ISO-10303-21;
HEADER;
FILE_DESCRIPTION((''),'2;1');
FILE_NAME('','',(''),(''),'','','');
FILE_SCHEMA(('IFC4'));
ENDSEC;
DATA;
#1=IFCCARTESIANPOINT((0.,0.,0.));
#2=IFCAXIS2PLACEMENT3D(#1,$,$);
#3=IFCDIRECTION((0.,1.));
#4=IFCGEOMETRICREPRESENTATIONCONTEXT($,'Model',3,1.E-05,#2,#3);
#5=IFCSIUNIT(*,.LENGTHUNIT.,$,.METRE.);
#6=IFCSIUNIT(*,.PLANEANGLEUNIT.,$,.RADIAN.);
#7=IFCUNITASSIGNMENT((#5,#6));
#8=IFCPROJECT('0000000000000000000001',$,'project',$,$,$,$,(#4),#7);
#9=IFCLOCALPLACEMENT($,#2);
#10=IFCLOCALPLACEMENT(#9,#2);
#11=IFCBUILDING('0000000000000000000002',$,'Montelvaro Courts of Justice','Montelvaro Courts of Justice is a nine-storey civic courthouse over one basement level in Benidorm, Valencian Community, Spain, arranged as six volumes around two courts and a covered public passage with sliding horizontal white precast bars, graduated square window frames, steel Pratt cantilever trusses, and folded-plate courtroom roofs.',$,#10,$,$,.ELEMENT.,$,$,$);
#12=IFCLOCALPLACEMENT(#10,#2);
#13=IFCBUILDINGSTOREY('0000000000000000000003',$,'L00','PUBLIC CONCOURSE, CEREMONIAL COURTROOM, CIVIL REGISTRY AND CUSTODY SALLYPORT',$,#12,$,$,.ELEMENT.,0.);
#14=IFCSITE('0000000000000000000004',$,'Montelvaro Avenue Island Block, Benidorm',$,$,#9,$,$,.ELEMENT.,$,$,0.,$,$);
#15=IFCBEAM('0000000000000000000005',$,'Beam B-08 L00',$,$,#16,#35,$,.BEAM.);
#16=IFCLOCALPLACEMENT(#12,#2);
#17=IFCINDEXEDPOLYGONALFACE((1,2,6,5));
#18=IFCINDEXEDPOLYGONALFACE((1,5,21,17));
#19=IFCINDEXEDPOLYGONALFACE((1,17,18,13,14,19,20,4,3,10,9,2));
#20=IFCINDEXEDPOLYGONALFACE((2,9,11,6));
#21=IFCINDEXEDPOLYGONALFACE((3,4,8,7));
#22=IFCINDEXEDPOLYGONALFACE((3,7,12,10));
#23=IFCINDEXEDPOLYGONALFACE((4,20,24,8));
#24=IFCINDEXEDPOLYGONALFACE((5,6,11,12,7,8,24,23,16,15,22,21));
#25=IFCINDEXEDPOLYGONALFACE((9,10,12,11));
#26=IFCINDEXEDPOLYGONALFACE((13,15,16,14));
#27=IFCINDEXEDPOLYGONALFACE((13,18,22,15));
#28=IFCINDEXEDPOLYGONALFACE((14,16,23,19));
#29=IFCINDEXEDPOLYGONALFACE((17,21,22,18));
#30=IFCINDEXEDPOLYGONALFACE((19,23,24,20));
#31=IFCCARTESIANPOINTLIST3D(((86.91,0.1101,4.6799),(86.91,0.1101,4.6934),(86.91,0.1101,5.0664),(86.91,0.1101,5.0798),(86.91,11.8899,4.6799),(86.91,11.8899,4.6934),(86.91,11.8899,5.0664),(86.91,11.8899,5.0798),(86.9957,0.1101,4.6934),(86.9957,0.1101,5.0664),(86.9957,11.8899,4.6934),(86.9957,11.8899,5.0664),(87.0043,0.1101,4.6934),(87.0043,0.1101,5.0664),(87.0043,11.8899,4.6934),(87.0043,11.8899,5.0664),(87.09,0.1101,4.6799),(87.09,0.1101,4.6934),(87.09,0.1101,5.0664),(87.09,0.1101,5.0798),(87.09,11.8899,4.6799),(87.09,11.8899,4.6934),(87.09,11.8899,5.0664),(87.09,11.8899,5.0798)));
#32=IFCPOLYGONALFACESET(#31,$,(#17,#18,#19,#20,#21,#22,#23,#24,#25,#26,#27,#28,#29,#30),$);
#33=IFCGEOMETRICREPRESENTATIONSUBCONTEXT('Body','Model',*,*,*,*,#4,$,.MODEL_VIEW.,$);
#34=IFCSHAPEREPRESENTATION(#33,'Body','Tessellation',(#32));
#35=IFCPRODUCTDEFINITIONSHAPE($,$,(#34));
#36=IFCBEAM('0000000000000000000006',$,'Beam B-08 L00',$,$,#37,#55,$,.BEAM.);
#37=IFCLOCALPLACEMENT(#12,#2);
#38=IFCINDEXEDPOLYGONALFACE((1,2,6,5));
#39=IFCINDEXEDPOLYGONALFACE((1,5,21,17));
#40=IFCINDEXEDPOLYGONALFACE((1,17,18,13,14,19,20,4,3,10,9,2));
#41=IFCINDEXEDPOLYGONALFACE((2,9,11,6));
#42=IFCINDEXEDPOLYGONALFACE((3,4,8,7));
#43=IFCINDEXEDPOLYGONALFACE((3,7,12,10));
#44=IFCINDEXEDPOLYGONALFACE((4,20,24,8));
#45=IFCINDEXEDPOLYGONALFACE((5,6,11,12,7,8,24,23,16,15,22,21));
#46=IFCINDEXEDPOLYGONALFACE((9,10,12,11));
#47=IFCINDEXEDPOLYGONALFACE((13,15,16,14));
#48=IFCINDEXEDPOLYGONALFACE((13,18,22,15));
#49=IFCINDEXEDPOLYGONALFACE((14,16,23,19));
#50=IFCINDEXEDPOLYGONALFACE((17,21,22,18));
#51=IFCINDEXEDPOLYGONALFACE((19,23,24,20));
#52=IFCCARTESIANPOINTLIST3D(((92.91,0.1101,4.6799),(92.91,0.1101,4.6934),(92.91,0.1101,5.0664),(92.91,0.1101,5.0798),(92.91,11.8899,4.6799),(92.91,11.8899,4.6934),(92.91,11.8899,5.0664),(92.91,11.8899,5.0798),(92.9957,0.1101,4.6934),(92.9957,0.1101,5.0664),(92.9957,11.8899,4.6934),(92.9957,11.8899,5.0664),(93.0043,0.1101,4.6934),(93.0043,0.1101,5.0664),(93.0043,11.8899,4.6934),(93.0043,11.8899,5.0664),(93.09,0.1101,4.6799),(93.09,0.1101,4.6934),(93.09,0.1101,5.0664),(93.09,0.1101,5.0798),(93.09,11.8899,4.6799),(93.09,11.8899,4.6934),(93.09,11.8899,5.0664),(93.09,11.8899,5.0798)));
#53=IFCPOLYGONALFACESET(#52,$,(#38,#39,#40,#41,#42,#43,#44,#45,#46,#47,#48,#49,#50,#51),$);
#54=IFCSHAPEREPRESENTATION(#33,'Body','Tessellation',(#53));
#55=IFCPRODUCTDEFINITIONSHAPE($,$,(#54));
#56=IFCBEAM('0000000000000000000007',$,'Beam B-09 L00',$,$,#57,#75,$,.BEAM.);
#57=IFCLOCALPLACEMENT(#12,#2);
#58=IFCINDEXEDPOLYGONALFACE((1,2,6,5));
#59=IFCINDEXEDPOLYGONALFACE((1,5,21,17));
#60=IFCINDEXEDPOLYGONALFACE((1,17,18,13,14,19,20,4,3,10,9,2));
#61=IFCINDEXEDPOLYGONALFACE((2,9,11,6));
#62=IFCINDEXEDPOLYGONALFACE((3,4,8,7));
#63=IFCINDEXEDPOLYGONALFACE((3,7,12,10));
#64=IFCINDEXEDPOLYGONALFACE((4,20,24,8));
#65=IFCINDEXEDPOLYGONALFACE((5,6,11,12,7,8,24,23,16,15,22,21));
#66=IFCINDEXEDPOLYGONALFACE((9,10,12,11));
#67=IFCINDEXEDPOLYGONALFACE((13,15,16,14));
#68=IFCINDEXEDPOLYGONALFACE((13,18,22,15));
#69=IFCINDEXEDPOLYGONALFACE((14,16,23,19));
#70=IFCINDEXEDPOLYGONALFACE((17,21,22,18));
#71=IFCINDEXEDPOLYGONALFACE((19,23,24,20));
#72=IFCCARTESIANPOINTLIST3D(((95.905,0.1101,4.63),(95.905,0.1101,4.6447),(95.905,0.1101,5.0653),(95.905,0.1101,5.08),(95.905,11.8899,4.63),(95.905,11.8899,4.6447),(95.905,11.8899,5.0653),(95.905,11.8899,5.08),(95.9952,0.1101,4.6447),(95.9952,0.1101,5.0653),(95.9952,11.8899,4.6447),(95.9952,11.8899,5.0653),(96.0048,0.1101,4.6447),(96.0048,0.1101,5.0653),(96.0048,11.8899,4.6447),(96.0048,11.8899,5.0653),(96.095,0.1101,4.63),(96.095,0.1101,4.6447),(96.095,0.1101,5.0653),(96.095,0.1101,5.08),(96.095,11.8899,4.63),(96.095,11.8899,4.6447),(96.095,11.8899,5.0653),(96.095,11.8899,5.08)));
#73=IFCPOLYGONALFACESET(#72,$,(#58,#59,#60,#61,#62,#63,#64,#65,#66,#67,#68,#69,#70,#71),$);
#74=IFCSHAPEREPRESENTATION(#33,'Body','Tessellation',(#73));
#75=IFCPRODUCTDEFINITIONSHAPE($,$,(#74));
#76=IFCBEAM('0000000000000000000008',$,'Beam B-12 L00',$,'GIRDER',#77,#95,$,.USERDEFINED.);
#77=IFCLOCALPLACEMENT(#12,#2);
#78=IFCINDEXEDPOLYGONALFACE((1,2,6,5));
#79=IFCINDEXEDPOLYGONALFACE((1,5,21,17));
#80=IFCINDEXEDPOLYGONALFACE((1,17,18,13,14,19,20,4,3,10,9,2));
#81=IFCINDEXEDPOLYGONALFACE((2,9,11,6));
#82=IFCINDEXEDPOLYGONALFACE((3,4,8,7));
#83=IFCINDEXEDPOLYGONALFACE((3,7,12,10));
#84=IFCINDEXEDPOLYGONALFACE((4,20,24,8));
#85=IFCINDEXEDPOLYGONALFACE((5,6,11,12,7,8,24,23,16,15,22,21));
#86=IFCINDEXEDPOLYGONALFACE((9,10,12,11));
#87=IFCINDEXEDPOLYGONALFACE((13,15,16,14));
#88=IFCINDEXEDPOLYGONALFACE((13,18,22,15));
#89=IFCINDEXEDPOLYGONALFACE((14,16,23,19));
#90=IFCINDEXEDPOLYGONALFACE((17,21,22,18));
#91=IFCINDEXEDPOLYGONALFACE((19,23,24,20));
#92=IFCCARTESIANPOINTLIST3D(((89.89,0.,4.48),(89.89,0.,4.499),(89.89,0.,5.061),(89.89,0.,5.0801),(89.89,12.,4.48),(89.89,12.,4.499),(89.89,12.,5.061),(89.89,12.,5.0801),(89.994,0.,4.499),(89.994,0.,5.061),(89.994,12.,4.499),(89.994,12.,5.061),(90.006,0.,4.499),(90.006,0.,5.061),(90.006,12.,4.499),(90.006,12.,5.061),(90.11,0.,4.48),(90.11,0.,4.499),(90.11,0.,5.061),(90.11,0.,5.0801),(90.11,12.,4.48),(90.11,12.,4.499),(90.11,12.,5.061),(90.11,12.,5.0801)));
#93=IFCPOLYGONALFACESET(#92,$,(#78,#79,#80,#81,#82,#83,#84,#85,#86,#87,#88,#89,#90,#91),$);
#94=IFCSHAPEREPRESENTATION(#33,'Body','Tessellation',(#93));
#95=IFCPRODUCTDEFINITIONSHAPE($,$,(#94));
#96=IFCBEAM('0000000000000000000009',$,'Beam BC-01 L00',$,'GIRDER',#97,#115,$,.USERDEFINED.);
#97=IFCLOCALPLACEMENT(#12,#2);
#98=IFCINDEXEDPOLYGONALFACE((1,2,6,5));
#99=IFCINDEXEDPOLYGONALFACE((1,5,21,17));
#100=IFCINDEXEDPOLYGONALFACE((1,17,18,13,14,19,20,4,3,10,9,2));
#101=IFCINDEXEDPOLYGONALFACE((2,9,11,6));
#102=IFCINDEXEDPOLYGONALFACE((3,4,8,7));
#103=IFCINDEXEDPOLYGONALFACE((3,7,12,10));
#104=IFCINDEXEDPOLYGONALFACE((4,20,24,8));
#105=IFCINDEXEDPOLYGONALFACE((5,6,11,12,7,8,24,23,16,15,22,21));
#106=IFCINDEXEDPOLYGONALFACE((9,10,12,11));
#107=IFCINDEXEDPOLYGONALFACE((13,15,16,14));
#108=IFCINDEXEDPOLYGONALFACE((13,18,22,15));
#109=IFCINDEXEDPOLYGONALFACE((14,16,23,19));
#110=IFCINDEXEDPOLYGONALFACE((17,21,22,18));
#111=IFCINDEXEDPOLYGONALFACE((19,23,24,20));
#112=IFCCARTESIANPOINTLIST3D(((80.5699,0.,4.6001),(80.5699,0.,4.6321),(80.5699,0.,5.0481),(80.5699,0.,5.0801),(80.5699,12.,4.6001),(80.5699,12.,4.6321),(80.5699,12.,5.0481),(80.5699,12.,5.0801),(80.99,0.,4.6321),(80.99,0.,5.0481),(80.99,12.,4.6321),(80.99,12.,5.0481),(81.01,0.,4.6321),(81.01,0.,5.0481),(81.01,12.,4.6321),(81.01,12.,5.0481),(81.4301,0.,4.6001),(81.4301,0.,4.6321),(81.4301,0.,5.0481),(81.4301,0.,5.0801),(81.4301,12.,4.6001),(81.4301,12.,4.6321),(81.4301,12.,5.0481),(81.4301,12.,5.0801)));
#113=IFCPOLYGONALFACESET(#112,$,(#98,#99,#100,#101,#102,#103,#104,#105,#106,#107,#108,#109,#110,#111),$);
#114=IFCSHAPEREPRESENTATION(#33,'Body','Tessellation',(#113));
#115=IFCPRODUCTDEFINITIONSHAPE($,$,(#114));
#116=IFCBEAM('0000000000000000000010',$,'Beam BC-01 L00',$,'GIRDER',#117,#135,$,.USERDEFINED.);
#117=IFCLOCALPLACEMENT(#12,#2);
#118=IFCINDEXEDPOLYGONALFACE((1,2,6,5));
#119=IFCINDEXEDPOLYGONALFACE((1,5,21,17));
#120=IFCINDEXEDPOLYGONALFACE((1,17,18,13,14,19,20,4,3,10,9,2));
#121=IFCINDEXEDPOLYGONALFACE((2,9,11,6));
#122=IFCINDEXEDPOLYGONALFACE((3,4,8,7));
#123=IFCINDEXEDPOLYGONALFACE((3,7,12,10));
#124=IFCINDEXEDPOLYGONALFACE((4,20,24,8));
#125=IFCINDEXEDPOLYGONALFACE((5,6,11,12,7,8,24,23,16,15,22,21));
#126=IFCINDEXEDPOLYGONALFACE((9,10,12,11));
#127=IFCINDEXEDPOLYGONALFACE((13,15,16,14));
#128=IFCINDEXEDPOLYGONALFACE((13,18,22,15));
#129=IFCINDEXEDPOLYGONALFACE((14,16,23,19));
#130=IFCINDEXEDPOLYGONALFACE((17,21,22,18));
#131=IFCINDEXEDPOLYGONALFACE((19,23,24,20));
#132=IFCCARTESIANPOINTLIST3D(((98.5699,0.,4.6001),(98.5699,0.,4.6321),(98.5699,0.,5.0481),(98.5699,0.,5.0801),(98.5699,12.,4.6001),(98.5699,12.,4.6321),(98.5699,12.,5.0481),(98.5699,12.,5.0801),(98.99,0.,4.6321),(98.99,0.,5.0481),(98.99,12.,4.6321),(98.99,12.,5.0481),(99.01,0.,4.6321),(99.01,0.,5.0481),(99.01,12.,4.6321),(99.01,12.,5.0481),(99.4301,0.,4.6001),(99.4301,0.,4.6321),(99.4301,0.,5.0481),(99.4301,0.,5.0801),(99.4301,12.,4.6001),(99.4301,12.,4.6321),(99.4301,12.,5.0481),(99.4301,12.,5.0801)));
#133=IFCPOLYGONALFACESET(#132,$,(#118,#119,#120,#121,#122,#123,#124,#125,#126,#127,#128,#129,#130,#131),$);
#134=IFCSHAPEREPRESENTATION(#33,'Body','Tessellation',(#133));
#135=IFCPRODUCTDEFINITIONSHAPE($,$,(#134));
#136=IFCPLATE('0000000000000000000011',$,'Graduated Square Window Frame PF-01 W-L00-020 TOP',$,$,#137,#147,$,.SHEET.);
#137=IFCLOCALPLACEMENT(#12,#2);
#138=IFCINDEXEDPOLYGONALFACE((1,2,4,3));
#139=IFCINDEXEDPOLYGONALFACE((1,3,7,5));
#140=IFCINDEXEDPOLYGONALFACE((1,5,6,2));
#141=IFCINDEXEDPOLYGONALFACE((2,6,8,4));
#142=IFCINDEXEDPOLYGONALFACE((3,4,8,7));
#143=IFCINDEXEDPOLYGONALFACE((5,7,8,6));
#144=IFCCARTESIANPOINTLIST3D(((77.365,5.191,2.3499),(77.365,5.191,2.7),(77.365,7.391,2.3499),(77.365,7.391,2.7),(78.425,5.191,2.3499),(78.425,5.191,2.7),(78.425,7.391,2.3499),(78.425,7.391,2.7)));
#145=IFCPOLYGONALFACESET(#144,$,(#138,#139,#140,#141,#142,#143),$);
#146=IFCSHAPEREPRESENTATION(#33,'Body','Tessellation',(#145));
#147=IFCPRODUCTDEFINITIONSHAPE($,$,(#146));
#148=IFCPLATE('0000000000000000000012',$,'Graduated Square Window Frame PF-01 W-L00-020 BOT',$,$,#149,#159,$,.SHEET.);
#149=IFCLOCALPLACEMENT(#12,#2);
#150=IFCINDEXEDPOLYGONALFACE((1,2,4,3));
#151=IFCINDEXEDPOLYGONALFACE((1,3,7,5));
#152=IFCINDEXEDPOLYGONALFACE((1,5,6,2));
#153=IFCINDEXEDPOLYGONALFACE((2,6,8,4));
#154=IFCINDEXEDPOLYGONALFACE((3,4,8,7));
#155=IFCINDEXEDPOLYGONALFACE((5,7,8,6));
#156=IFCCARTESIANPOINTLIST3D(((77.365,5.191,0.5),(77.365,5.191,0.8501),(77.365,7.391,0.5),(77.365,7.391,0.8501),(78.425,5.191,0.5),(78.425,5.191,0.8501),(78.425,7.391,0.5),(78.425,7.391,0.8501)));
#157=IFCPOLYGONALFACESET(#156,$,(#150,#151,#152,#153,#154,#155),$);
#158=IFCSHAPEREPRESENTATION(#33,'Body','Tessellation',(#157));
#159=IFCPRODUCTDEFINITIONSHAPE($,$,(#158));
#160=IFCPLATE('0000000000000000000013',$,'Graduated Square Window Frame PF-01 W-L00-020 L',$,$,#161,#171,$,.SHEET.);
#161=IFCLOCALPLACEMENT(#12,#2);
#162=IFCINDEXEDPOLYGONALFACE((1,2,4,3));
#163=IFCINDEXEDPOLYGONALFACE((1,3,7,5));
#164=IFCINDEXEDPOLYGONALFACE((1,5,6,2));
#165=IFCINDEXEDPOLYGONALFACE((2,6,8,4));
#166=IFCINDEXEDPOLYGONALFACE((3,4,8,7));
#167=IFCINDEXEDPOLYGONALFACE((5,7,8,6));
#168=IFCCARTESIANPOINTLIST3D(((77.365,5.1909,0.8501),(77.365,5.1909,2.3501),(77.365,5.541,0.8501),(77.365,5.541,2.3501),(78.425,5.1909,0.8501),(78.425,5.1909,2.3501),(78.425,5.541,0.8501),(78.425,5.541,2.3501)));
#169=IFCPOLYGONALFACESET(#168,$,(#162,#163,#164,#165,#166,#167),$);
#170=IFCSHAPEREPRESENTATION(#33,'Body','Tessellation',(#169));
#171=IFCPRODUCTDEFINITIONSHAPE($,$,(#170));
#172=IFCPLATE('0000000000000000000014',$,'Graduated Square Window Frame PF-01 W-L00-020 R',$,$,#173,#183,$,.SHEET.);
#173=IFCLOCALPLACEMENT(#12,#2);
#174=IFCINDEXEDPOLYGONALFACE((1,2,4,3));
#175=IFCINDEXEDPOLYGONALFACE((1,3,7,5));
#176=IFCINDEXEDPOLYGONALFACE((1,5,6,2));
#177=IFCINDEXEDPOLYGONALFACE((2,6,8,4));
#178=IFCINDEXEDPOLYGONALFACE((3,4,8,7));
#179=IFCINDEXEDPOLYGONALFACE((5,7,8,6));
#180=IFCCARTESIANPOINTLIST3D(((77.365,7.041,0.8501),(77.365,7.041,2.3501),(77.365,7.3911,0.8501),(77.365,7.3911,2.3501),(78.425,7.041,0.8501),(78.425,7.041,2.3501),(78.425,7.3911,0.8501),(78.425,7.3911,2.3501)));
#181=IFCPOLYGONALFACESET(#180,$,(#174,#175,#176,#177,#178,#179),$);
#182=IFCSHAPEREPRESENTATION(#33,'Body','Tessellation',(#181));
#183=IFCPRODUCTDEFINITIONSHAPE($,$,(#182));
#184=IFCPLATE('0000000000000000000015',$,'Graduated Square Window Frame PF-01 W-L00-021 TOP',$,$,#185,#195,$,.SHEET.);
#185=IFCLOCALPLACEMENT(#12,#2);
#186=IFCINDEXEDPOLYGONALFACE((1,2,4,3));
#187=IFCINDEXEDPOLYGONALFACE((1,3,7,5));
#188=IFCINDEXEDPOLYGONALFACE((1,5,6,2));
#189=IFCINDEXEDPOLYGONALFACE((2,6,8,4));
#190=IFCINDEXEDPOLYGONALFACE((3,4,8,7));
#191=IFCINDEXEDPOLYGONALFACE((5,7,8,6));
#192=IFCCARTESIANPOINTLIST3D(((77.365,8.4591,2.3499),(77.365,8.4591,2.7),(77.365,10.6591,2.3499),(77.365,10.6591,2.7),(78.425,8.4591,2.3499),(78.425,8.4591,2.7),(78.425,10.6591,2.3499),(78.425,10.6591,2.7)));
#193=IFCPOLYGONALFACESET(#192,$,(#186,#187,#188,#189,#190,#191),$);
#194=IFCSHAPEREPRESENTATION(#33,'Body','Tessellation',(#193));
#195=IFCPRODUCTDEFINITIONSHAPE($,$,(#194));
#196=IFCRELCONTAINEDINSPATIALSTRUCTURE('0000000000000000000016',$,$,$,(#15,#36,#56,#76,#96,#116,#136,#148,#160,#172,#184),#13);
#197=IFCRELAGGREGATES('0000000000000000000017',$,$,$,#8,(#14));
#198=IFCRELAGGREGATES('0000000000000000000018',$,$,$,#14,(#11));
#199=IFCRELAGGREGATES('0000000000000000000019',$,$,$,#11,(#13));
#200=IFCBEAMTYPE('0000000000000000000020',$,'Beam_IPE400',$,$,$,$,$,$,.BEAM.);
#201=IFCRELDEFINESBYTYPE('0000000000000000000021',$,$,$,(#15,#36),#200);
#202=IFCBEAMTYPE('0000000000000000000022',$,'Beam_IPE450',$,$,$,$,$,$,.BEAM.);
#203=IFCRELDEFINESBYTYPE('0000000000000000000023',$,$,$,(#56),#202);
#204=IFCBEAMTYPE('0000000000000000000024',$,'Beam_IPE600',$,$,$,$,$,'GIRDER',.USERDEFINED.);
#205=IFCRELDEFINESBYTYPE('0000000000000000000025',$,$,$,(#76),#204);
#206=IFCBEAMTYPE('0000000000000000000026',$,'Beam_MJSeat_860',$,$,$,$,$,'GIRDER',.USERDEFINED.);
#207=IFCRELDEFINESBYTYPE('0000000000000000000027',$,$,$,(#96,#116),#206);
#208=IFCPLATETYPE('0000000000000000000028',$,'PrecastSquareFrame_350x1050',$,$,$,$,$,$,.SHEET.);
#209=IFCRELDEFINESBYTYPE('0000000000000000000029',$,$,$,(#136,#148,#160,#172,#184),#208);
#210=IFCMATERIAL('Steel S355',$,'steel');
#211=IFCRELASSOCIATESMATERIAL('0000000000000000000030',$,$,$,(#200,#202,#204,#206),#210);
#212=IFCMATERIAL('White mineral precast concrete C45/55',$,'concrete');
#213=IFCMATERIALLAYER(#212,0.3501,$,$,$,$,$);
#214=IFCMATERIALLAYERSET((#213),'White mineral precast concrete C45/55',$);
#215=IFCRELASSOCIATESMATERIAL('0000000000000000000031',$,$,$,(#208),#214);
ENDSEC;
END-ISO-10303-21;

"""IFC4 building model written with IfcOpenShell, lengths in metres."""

from ifc_helpers import new_model, si_unit, direction, frame, origin, origin_2d, place, context, subcontext, project, spatial, rectangle, i_section, extrude, material, layer, layer_set, material_profile, profile_set, type_object, element, save


model = new_model("IFC4")

# Units and contexts
model_context = context("Model", 3, precision=1e-05, world=origin(), true_north=direction((0.0, 1.0)))
body_context = subcontext(model_context, "Body", "Model", "MODEL_VIEW")
ifc_project = project(units=[si_unit("LENGTHUNIT", "METRE"), si_unit("PLANEANGLEUNIT", "RADIAN")], contexts=[model_context])

# Site, building, storey
site_placement = place(None, origin())
site = spatial("IfcSite", under=ifc_project, at=site_placement, Name="Montelvaro Avenue Island Block, Benidorm", CompositionType="ELEMENT", RefElevation=0.0)
building_placement = place(site_placement, origin())
building = spatial("IfcBuilding", under=site, at=building_placement, Name="Montelvaro Courts of Justice", Description="Montelvaro Courts of Justice is a nine-storey civic courthouse over one basement level in Benidorm, Valencian Community, Spain, arranged as six volumes around two courts and a covered public passage with sliding horizontal white precast bars, graduated square window frames, steel Pratt cantilever trusses, and folded-plate courtroom roofs.", CompositionType="ELEMENT")
storey_placement = place(building_placement, origin())
storey = spatial("IfcBuildingStorey", under=building, at=storey_placement, Name="L00", Description="PUBLIC CONCOURSE, CEREMONIAL COURTROOM, CIVIL REGISTRY AND CUSTODY SALLYPORT", CompositionType="ELEMENT", Elevation=0.0)

# Shared definitions
ifc_material_1 = material(Name="Steel S355", Category="steel")

# Beams
ifc_material_profile_1 = material_profile(ifc_material_1, i_section(OverallWidth=0.1799, OverallDepth=0.3999, WebThickness=0.0085, FlangeThickness=0.0134, at=origin_2d()), Name="IPE 400")
ifc_profile_set_1 = profile_set([ifc_material_profile_1], Name="Steel S355")
beam_type_1 = type_object("IfcBeamType", Name="Beam_IPE400", PredefinedType="BEAM", material=ifc_profile_set_1)
for number, where, z_axis, x_axis, name in (
    (1, (87.0, 0.1101, 4.8799), (0.0, 1.0, 0.0), (-1.0, 0.0, 0.0), "Beam B-08 L00"),
    (2, (93.0, 0.1101, 4.8799), (0.0, 1.0, 0.0), (-1.0, 0.0, 0.0), "Beam B-08 L00"),
):
    element("IfcBeam", number, at=place(storey_placement, frame(where, z_axis=z_axis, x_axis=x_axis)), inside=storey, type_object=beam_type_1, Name=name, PredefinedType="BEAM", context=body_context, shape_type="SweptSolid", body=[
        extrude(i_section(OverallWidth=0.1799, OverallDepth=0.3999, WebThickness=0.0085, FlangeThickness=0.0134, at=origin_2d()), origin(), (0.0, 0.0, 1.0), 11.7798),
    ])
ifc_material_profile_2 = material_profile(ifc_material_1, i_section(OverallWidth=0.1899, OverallDepth=0.45, WebThickness=0.0095, FlangeThickness=0.0146, at=origin_2d()), Name="IPE 450")
ifc_profile_set_2 = profile_set([ifc_material_profile_2], Name="Steel S355")
beam_type_2 = type_object("IfcBeamType", Name="Beam_IPE450", PredefinedType="BEAM", material=ifc_profile_set_2)
beam_1_placement = place(storey_placement, frame((96.0, 0.1101, 4.855), z_axis=(0.0, 1.0, 0.0), x_axis=(-1.0, 0.0, 0.0)))
element("IfcBeam", 3, at=beam_1_placement, inside=storey, type_object=beam_type_2, Name="Beam B-09 L00", PredefinedType="BEAM", context=body_context, shape_type="SweptSolid", body=[
    extrude(i_section(OverallWidth=0.1899, OverallDepth=0.45, WebThickness=0.0095, FlangeThickness=0.0146, at=origin_2d()), origin(), (0.0, 0.0, 1.0), 11.7798),
])
ifc_material_profile_3 = material_profile(ifc_material_1, i_section(OverallWidth=0.22, OverallDepth=0.6001, WebThickness=0.012, FlangeThickness=0.019, at=origin_2d()), Name="IPE 600")
ifc_profile_set_3 = profile_set([ifc_material_profile_3], Name="Steel S355")
beam_type_3 = type_object("IfcBeamType", Name="Beam_IPE600", ElementType="GIRDER", PredefinedType="USERDEFINED", material=ifc_profile_set_3)
beam_2_placement = place(storey_placement, frame((90.0, 0.0, 4.78), z_axis=(0.0, 1.0, 0.0), x_axis=(-1.0, 0.0, 0.0)))
element("IfcBeam", 4, at=beam_2_placement, inside=storey, type_object=beam_type_3, Name="Beam B-12 L00", ObjectType="GIRDER", PredefinedType="USERDEFINED", context=body_context, shape_type="SweptSolid", body=[
    extrude(i_section(OverallWidth=0.22, OverallDepth=0.6001, WebThickness=0.012, FlangeThickness=0.019, at=origin_2d()), origin(), (0.0, 0.0, 1.0), 12.0),
])
ifc_material_profile_4 = material_profile(ifc_material_1, i_section(OverallWidth=0.8601, OverallDepth=0.48, WebThickness=0.02, FlangeThickness=0.032, at=origin_2d()), Name="HL 480x860")
ifc_profile_set_4 = profile_set([ifc_material_profile_4], Name="Steel S355")
beam_type_4 = type_object("IfcBeamType", Name="Beam_MJSeat_860", ElementType="GIRDER", PredefinedType="USERDEFINED", material=ifc_profile_set_4)
for number, where, z_axis, x_axis, name in (
    (5, (81.0, 0.0, 4.8401), (0.0, 1.0, 0.0), (-1.0, 0.0, 0.0), "Beam BC-01 L00"),
    (6, (99.0, 0.0, 4.8401), (0.0, 1.0, 0.0), (-1.0, 0.0, 0.0), "Beam BC-01 L00"),
):
    element("IfcBeam", number, at=place(storey_placement, frame(where, z_axis=z_axis, x_axis=x_axis)), inside=storey, type_object=beam_type_4, Name=name, ObjectType="GIRDER", PredefinedType="USERDEFINED", context=body_context, shape_type="SweptSolid", body=[
        extrude(i_section(OverallWidth=0.8601, OverallDepth=0.48, WebThickness=0.02, FlangeThickness=0.032, at=origin_2d()), origin(), (0.0, 0.0, 1.0), 12.0),
    ])

# Plates
ifc_material_2 = material(Name="White mineral precast concrete C45/55", Category="concrete")
ifc_layer_1 = layer(ifc_material_2, 0.3501)
ifc_layer_set_1 = layer_set([ifc_layer_1], Name="White mineral precast concrete C45/55")
plate_type = type_object("IfcPlateType", Name="PrecastSquareFrame_350x1050", PredefinedType="SHEET", material=ifc_layer_set_1)
for number, where, z_axis, x_axis, name in (
    (7, (77.895, 6.291, 2.3499), (0.0, 0.0, 1.0), (0.0, 1.0, 0.0), "Graduated Square Window Frame PF-01 W-L00-020 TOP"),
    (8, (77.895, 6.291, 0.5), (0.0, 0.0, 1.0), (0.0, 1.0, 0.0), "Graduated Square Window Frame PF-01 W-L00-020 BOT"),
):
    element("IfcPlate", number, at=place(storey_placement, frame(where, z_axis=z_axis, x_axis=x_axis)), inside=storey, type_object=plate_type, Name=name, PredefinedType="SHEET", context=body_context, shape_type="SweptSolid", body=[
        extrude(rectangle(XDim=2.2, YDim=1.0601, at=origin_2d()), origin(), (0.0, 0.0, 1.0), 0.3501),
    ])
for number, where, z_axis, x_axis, name in (
    (9, (77.895, 5.366, 0.8501), (0.0, 0.0, 1.0), (0.0, 1.0, 0.0), "Graduated Square Window Frame PF-01 W-L00-020 L"),
    (10, (77.895, 7.2161, 0.8501), (0.0, 0.0, 1.0), (0.0, 1.0, 0.0), "Graduated Square Window Frame PF-01 W-L00-020 R"),
):
    element("IfcPlate", number, at=place(storey_placement, frame(where, z_axis=z_axis, x_axis=x_axis)), inside=storey, type_object=plate_type, Name=name, PredefinedType="SHEET", context=body_context, shape_type="SweptSolid", body=[
        extrude(rectangle(XDim=0.3501, YDim=1.0601, at=origin_2d()), origin(), (0.0, 0.0, 1.0), 1.5),
    ])
for number, where, z_axis, x_axis, name in (
    (11, (77.895, 9.5591, 2.3499), (0.0, 0.0, 1.0), (0.0, 1.0, 0.0), "Graduated Square Window Frame PF-01 W-L00-021 TOP"),
):
    element("IfcPlate", number, at=place(storey_placement, frame(where, z_axis=z_axis, x_axis=x_axis)), inside=storey, type_object=plate_type, Name=name, PredefinedType="SHEET", context=body_context, shape_type="SweptSolid", body=[
        extrude(rectangle(XDim=2.2, YDim=1.0601, at=origin_2d()), origin(), (0.0, 0.0, 1.0), 0.3501),
    ])

save(model, "model.ifc")
